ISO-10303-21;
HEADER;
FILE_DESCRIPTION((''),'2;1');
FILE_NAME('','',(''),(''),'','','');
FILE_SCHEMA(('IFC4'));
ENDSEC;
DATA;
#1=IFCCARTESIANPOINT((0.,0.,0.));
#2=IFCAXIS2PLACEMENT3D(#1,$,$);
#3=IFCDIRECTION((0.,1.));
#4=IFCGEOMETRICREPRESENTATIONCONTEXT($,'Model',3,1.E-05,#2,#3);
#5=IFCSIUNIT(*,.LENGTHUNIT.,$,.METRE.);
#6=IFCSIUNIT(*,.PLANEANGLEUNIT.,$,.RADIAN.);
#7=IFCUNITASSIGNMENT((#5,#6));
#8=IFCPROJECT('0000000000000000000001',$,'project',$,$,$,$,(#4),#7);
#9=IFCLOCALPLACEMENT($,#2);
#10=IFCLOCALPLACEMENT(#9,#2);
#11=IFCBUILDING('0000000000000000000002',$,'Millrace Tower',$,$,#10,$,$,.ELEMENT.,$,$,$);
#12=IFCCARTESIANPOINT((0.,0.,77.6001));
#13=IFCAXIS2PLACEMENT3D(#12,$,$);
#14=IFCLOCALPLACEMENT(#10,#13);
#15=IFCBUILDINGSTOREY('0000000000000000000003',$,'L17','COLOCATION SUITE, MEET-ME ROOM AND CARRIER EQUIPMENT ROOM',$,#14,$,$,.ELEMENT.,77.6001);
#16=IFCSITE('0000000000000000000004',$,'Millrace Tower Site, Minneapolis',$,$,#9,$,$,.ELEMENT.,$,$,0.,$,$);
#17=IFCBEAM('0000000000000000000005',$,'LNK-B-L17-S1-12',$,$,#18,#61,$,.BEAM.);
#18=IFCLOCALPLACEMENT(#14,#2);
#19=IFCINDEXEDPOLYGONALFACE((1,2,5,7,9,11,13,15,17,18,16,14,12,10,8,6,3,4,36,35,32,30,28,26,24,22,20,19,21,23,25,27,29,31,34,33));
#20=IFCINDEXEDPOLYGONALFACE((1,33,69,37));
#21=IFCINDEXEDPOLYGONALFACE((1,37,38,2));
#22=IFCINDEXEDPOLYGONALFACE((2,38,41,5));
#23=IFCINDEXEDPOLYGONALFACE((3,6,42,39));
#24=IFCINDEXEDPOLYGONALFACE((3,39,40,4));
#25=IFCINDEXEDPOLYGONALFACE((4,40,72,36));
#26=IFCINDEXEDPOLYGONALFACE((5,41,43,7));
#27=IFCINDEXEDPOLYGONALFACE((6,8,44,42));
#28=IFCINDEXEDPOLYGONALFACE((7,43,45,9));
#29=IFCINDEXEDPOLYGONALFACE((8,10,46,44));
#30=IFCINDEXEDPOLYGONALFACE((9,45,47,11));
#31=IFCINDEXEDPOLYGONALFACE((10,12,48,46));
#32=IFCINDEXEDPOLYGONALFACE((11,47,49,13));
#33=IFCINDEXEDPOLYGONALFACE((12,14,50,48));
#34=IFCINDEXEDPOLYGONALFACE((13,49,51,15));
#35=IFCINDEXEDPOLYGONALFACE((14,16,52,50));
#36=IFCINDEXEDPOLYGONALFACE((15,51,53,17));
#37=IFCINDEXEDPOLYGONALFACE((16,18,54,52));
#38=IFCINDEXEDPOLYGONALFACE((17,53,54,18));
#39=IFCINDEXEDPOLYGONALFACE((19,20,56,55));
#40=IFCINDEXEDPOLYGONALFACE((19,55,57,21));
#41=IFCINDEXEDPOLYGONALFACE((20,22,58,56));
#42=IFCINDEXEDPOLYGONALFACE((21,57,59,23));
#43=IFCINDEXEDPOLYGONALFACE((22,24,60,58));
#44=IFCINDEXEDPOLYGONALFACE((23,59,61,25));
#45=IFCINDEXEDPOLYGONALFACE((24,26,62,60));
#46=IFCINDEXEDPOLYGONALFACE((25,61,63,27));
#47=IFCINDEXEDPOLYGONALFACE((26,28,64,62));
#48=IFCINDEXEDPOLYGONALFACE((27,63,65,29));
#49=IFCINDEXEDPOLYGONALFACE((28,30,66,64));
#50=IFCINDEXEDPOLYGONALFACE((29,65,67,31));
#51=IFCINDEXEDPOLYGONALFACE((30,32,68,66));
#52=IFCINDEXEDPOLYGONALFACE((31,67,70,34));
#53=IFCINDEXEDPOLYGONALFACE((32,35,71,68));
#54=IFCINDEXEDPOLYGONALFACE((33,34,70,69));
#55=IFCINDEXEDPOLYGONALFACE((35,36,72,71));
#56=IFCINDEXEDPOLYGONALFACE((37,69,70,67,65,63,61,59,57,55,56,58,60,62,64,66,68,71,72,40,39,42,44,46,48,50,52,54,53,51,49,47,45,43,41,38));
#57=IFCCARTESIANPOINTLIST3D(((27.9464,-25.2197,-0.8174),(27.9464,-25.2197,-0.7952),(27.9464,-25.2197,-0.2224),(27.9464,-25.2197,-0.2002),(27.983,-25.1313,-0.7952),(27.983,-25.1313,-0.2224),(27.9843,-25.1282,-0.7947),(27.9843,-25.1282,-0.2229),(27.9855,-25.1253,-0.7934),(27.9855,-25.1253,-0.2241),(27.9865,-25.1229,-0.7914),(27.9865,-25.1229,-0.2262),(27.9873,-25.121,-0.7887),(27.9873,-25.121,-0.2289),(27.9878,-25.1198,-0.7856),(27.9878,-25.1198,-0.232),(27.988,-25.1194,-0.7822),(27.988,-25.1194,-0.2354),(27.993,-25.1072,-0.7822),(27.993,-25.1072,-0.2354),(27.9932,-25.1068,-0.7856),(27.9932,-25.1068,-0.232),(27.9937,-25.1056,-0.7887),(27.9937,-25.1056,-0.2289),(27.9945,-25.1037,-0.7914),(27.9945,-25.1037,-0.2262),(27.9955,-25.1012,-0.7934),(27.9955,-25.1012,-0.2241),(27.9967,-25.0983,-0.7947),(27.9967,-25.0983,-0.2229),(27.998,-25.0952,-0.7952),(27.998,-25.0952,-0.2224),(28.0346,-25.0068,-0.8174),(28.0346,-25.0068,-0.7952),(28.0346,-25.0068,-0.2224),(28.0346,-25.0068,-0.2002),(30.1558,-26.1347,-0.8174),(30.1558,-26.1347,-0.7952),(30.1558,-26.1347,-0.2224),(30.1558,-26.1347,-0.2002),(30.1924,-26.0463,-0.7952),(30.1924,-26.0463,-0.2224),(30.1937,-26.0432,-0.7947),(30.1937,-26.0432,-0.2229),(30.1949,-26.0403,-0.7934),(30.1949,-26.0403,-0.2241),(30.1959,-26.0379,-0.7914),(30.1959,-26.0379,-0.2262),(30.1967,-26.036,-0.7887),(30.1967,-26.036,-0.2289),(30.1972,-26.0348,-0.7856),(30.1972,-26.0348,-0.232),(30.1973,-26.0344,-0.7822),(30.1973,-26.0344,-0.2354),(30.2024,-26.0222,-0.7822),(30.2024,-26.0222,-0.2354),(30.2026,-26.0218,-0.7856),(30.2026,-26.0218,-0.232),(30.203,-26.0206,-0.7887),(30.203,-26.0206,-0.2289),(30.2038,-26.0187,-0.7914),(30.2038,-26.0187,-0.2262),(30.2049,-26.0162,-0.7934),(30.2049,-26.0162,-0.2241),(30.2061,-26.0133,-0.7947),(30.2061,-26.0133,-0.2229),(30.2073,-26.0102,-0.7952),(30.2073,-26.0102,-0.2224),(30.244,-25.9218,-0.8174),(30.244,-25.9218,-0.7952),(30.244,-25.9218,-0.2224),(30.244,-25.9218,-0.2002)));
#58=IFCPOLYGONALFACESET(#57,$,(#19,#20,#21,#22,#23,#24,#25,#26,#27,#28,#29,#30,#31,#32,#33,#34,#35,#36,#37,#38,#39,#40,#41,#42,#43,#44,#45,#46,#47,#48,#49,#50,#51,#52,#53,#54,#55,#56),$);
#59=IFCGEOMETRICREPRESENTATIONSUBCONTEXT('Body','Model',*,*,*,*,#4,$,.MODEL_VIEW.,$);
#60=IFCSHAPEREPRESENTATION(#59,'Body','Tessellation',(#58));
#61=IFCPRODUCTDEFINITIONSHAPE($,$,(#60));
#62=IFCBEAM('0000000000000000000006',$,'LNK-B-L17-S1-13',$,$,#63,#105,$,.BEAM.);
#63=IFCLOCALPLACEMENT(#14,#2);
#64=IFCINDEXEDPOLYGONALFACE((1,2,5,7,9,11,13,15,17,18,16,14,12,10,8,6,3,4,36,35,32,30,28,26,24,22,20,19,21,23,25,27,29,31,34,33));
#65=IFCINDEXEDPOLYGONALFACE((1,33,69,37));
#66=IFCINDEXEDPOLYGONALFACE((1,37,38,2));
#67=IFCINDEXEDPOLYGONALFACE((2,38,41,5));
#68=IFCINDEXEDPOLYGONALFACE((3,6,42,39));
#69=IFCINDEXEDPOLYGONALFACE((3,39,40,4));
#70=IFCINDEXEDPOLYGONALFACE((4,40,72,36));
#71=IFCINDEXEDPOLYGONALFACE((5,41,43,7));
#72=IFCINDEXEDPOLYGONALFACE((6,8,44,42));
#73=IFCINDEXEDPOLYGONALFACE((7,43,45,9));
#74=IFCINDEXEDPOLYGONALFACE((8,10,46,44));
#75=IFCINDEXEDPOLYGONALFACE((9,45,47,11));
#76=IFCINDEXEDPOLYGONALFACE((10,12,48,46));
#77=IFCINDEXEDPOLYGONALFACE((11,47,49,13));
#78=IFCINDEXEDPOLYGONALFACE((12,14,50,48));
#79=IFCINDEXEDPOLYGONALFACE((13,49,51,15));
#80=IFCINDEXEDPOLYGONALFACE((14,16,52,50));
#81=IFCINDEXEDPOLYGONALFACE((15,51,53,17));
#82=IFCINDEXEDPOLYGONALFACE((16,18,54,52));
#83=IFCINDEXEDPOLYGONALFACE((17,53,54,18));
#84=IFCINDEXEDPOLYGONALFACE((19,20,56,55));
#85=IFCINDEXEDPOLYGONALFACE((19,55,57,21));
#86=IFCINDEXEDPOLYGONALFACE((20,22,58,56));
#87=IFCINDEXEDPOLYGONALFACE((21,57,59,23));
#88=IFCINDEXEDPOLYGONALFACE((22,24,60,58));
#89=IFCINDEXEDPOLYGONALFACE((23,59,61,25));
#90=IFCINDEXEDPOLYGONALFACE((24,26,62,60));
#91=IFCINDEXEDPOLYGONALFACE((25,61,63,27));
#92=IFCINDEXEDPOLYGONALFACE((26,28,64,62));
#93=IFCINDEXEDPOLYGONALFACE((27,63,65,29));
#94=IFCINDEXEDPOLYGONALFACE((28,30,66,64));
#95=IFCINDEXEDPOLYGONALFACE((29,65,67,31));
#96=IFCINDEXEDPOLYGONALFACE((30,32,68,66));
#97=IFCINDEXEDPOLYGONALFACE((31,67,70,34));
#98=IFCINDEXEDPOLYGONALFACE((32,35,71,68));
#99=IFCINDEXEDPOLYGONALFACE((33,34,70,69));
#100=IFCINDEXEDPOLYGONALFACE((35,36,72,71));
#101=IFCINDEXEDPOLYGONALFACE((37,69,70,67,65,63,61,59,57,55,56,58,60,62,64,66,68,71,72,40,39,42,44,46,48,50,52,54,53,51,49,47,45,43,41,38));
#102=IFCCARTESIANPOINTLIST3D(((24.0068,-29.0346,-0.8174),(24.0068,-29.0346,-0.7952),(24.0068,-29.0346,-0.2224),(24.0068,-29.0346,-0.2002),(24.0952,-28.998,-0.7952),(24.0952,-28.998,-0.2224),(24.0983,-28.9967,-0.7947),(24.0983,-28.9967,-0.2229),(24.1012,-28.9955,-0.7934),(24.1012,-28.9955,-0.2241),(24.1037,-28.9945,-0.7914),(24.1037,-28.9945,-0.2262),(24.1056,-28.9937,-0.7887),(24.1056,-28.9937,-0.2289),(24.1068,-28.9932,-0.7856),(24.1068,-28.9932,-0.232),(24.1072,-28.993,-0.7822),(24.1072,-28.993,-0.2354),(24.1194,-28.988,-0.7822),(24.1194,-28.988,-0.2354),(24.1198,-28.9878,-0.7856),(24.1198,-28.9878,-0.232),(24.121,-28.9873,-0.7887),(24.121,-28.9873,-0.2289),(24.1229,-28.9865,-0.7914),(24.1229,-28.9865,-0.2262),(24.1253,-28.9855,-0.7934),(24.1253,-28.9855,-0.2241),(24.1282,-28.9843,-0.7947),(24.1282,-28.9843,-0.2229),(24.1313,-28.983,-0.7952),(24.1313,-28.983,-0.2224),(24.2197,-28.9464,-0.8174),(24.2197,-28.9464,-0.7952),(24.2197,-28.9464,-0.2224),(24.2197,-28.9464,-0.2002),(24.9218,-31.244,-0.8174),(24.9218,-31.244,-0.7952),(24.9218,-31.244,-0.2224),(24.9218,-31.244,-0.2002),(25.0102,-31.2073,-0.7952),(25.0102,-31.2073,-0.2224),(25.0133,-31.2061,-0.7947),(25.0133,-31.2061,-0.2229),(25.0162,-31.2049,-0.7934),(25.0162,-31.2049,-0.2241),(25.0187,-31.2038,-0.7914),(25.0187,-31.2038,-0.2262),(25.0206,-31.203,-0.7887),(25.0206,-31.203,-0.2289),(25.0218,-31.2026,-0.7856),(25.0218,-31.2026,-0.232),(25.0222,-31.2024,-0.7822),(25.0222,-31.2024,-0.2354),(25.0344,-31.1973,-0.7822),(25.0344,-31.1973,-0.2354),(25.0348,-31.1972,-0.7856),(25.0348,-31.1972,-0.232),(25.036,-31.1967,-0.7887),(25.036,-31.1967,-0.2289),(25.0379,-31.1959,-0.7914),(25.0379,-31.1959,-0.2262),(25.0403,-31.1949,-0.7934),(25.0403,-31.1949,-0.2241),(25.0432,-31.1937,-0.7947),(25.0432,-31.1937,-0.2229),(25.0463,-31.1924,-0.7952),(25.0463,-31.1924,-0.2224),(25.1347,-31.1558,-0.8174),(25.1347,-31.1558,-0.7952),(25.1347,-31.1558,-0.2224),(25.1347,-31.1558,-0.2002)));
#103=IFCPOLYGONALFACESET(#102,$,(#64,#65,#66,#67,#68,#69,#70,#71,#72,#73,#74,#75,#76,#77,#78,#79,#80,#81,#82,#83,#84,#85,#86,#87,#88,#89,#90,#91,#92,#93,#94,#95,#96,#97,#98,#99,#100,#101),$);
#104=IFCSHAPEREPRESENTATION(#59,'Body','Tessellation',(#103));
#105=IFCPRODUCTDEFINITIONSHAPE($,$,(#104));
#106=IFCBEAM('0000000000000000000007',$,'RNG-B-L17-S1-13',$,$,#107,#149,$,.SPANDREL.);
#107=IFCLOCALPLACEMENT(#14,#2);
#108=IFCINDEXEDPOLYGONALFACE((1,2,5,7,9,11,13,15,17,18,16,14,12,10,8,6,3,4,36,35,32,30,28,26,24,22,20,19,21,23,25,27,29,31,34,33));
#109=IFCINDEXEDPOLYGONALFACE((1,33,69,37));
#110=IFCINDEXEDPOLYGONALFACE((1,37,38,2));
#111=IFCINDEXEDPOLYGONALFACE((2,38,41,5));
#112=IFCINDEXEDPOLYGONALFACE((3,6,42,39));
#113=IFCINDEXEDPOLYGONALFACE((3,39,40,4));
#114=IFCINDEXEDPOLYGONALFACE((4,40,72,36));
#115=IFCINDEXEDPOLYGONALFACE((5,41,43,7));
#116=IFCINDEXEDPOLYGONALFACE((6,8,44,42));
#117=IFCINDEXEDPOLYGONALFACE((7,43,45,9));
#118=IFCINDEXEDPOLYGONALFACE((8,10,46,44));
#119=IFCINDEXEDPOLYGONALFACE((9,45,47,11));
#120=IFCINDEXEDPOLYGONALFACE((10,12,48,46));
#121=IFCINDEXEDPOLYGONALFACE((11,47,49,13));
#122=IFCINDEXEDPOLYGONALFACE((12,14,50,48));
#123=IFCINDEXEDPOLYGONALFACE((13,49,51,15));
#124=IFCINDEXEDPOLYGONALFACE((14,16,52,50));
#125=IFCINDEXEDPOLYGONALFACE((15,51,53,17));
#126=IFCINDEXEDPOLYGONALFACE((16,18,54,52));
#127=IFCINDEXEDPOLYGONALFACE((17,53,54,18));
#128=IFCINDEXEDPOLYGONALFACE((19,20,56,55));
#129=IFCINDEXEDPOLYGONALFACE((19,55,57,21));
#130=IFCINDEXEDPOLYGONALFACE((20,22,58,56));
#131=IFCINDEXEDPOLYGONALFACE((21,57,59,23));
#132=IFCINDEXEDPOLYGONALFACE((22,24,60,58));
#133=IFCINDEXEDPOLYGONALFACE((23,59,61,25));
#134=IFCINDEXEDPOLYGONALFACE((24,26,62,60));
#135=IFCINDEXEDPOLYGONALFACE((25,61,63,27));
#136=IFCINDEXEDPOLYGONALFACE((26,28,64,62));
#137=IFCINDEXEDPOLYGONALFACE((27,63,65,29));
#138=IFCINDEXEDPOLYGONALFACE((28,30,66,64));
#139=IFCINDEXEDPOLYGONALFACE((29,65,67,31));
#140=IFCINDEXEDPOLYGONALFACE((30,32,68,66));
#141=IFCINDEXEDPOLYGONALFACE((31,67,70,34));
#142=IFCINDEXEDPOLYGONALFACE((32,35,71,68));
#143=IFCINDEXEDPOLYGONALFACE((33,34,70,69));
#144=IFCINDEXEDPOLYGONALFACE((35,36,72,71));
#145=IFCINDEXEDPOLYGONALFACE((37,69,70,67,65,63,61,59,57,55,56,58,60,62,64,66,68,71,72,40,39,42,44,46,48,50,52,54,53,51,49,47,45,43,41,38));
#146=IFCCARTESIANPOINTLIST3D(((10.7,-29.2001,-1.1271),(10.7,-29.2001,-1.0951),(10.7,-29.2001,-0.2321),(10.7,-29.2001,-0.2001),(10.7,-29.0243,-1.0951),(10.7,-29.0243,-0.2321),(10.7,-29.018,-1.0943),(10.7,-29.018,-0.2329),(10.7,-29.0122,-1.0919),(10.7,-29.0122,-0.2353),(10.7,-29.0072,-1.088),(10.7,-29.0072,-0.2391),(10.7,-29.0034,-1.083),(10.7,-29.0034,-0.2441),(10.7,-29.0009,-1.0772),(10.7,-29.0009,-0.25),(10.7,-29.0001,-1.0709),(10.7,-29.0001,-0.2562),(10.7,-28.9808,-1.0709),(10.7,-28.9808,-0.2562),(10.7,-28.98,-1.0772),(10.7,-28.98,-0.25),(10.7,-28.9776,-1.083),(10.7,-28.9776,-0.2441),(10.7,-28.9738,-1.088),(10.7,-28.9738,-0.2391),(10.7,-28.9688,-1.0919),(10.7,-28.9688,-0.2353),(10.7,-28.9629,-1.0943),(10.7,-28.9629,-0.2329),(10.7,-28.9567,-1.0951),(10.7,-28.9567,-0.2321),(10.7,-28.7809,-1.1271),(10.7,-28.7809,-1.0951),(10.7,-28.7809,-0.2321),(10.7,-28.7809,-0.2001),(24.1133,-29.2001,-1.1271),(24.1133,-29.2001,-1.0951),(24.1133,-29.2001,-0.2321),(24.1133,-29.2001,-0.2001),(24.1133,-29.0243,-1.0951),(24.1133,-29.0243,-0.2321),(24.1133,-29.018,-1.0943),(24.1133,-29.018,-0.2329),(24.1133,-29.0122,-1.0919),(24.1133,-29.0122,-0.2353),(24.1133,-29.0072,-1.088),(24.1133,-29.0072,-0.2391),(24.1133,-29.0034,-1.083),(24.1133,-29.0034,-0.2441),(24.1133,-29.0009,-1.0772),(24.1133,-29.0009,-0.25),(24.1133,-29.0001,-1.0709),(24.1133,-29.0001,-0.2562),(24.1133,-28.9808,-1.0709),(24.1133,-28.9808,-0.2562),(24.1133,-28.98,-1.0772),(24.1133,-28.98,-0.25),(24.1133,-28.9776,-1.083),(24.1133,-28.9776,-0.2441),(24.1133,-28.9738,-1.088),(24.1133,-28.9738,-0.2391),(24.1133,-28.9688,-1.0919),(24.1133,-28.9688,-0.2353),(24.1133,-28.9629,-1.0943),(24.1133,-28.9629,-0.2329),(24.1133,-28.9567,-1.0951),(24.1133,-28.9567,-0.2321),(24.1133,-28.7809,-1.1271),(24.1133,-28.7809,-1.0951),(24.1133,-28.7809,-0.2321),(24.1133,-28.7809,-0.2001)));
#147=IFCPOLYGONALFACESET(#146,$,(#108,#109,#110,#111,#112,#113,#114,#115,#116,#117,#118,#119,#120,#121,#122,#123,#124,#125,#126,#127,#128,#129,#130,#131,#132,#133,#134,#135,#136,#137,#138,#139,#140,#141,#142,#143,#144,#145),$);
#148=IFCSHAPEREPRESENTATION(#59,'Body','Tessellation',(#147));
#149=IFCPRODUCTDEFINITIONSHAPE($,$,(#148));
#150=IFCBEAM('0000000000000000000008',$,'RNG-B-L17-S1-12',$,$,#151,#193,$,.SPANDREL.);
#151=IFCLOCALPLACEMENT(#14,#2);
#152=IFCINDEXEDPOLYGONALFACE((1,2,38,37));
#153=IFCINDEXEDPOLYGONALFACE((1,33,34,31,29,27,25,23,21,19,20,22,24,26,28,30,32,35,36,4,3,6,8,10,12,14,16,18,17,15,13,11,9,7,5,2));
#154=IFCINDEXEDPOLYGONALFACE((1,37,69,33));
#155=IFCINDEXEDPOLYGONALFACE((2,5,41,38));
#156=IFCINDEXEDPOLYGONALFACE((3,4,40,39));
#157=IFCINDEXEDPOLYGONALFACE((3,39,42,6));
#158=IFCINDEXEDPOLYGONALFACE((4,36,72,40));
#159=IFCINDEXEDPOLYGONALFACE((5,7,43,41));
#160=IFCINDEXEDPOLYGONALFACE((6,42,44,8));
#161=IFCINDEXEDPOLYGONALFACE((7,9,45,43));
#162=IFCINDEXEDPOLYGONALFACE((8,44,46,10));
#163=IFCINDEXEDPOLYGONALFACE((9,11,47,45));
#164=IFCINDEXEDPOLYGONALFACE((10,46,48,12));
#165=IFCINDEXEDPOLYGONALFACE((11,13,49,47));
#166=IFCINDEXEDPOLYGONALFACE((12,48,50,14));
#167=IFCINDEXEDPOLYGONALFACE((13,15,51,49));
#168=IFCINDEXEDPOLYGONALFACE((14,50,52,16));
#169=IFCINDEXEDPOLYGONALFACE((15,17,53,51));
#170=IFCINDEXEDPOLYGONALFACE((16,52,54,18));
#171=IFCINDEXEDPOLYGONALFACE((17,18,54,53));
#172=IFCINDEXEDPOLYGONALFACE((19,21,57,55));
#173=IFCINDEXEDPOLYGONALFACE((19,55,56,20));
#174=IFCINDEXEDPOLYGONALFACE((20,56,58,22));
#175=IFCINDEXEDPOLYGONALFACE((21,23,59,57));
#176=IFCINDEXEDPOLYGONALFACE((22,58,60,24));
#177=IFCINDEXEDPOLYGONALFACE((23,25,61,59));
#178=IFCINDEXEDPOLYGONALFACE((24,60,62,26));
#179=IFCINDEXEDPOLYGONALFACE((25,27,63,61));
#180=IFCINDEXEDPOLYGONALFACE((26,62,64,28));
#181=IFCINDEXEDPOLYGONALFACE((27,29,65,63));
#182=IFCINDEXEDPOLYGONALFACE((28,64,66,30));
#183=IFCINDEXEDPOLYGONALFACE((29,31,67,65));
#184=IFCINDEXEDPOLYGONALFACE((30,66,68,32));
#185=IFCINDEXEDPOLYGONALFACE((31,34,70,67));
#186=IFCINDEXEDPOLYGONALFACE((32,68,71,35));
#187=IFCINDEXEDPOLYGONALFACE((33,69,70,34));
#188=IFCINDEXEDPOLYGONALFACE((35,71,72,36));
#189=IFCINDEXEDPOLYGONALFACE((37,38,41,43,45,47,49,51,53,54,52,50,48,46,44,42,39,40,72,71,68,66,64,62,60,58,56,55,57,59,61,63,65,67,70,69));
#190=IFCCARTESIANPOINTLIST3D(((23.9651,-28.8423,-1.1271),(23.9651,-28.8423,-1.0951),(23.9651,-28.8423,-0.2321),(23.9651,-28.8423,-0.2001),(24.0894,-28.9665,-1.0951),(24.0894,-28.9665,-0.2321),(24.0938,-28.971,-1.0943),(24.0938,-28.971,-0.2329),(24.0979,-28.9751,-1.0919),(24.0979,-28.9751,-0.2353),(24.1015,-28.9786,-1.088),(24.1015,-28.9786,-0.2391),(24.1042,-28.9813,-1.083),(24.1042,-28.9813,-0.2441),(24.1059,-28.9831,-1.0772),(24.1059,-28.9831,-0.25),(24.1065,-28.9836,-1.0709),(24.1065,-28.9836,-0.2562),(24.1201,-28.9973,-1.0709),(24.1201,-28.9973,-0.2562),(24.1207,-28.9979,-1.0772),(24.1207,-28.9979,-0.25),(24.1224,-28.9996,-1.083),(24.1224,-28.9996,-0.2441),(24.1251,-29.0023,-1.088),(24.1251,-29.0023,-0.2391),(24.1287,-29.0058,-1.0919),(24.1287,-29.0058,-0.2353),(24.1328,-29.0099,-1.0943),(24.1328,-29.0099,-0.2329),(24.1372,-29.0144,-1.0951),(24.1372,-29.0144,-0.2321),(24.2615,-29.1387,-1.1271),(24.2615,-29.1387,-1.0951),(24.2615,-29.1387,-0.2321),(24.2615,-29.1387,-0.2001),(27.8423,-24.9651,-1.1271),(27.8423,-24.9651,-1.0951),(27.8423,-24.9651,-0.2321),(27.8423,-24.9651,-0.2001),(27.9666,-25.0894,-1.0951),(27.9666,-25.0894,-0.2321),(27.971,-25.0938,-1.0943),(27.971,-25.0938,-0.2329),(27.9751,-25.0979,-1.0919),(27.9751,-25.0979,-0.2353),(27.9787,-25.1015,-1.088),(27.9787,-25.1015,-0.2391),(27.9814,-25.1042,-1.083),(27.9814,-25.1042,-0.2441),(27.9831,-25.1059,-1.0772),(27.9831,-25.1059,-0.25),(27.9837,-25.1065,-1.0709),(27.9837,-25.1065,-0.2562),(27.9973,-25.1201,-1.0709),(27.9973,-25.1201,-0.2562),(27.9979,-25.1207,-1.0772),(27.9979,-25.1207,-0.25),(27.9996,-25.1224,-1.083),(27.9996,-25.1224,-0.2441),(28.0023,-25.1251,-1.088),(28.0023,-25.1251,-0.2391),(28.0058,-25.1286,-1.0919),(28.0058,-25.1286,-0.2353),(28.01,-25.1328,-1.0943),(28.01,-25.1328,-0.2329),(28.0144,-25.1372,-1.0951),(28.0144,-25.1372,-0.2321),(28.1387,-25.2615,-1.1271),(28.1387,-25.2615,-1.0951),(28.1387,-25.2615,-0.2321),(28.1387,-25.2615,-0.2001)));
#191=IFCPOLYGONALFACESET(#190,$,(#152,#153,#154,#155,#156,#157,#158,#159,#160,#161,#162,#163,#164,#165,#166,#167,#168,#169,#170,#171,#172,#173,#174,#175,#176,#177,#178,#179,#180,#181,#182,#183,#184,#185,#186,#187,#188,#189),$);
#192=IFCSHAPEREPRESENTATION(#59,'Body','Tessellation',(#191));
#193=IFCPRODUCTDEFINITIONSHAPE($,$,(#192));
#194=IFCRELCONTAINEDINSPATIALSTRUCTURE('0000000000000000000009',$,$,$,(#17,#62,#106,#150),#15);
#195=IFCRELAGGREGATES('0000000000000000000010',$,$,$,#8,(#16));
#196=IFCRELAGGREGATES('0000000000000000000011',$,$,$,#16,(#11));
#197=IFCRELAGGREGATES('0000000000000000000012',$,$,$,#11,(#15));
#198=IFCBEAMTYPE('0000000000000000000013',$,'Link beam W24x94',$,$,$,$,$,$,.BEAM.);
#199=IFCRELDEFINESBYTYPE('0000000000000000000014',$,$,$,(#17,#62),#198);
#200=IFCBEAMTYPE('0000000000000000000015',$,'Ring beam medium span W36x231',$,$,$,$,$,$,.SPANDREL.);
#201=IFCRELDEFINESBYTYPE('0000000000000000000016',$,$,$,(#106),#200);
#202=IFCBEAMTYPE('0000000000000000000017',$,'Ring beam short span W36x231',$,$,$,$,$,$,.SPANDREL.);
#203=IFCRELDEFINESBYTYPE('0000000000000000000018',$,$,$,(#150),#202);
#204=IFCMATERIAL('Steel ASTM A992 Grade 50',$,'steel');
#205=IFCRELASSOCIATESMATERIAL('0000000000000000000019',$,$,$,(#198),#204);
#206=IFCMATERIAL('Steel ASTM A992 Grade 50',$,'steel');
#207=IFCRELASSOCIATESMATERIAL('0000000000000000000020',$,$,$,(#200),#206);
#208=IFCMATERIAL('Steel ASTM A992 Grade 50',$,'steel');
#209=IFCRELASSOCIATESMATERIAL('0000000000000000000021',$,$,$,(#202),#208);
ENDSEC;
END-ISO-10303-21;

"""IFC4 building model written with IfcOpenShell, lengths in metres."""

from ifc_helpers import new_model, si_unit, direction, frame, origin, origin_2d, place, context, subcontext, project, spatial, i_section, extrude, material, material_profile, profile_set, type_object, element, save


model = new_model("IFC4")

# Units and contexts
model_context = context("Model", 3, precision=1e-05, world=origin(), true_north=direction((0.0, 1.0)))
body_context = subcontext(model_context, "Body", "Model", "MODEL_VIEW")
ifc_project = project(units=[si_unit("LENGTHUNIT", "METRE"), si_unit("PLANEANGLEUNIT", "RADIAN")], contexts=[model_context])

# Site, building, storey
site_placement = place(None, origin())
site = spatial("IfcSite", under=ifc_project, at=site_placement, Name="Millrace Tower Site, Minneapolis", CompositionType="ELEMENT", RefElevation=0.0)
building_placement = place(site_placement, origin())
building = spatial("IfcBuilding", under=site, at=building_placement, Name="Millrace Tower", CompositionType="ELEMENT")
storey_placement = place(building_placement, frame((0.0, 0.0, 77.6001)))
storey = spatial("IfcBuildingStorey", under=building, at=storey_placement, Name="L17", Description="COLOCATION SUITE, MEET-ME ROOM AND CARRIER EQUIPMENT ROOM", CompositionType="ELEMENT", Elevation=77.6001)

# Beams
ifc_material_1 = material(Name="Steel ASTM A992 Grade 50", Category="steel")
ifc_material_profile_1 = material_profile(ifc_material_1, i_section(OverallWidth=0.2305, OverallDepth=0.6172, WebThickness=0.0132, FlangeThickness=0.0222, FilletRadius=0.0129, at=origin_2d()))
ifc_profile_set_1 = profile_set([ifc_material_profile_1], Name="Steel ASTM A992 Grade 50")
beam_type_1 = type_object("IfcBeamType", Name="Link beam W24x94", PredefinedType="BEAM", material=ifc_profile_set_1)
for number, where, z_axis, x_axis, name in (
    (1, (27.9905, -25.1133, -0.5088), (0.923902, -0.382628, 0.0), (0.382628, 0.923902, 0.0), "LNK-B-L17-S1-12"),
    (2, (24.1133, -28.9905, -0.5088), (0.382628, -0.923902, 0.0), (0.923902, 0.382628, 0.0), "LNK-B-L17-S1-13"),
):
    element("IfcBeam", number, at=place(storey_placement, frame(where, z_axis=z_axis, x_axis=x_axis)), inside=storey, type_object=beam_type_1, Name=name, PredefinedType="BEAM", context=body_context, shape_type="SweptSolid", body=[
        extrude(i_section(OverallWidth=0.2305, OverallDepth=0.6172, WebThickness=0.0132, FlangeThickness=0.0222, FilletRadius=0.0129, at=origin_2d()), origin(), (0.0, 0.0, 1.0), 2.3914),
    ])
ifc_material_2 = material(Name="Steel ASTM A992 Grade 50", Category="steel")
ifc_material_profile_2 = material_profile(ifc_material_2, i_section(OverallWidth=0.4192, OverallDepth=0.927, WebThickness=0.0193, FlangeThickness=0.032, FilletRadius=0.0242, at=origin_2d()))
ifc_profile_set_2 = profile_set([ifc_material_profile_2], Name="Steel ASTM A992 Grade 50")
beam_type_2 = type_object("IfcBeamType", Name="Ring beam medium span W36x231", PredefinedType="SPANDREL", material=ifc_profile_set_2)
beam_1_placement = place(storey_placement, frame((24.1133, -28.9905, -0.6636), z_axis=(-1.0, 0.0, 0.0), x_axis=(0.0, -1.0, 0.0)))
element("IfcBeam", 3, at=beam_1_placement, inside=storey, type_object=beam_type_2, Name="RNG-B-L17-S1-13", PredefinedType="SPANDREL", context=body_context, shape_type="SweptSolid", body=[
    extrude(i_section(OverallWidth=0.4192, OverallDepth=0.927, WebThickness=0.0193, FlangeThickness=0.032, FilletRadius=0.0242, at=origin_2d()), origin(), (0.0, 0.0, 1.0), 13.4133),
])
ifc_material_3 = material(Name="Steel ASTM A992 Grade 50", Category="steel")
ifc_material_profile_3 = material_profile(ifc_material_3, i_section(OverallWidth=0.4192, OverallDepth=0.927, WebThickness=0.0193, FlangeThickness=0.032, FilletRadius=0.0242, at=origin_2d()))
ifc_profile_set_3 = profile_set([ifc_material_profile_3], Name="Steel ASTM A992 Grade 50")
beam_type_3 = type_object("IfcBeamType", Name="Ring beam short span W36x231", PredefinedType="SPANDREL", material=ifc_profile_set_3)
beam_2_placement = place(storey_placement, frame((27.9905, -25.1133, -0.6636), z_axis=(-0.707107, -0.707107, 0.0), x_axis=(0.707107, -0.707107, 0.0)))
element("IfcBeam", 4, at=beam_2_placement, inside=storey, type_object=beam_type_3, Name="RNG-B-L17-S1-12", PredefinedType="SPANDREL", context=body_context, shape_type="SweptSolid", body=[
    extrude(i_section(OverallWidth=0.4192, OverallDepth=0.927, WebThickness=0.0193, FlangeThickness=0.032, FilletRadius=0.0242, at=origin_2d()), origin(), (0.0, 0.0, 1.0), 5.4832),
])

save(model, "model.ifc")
